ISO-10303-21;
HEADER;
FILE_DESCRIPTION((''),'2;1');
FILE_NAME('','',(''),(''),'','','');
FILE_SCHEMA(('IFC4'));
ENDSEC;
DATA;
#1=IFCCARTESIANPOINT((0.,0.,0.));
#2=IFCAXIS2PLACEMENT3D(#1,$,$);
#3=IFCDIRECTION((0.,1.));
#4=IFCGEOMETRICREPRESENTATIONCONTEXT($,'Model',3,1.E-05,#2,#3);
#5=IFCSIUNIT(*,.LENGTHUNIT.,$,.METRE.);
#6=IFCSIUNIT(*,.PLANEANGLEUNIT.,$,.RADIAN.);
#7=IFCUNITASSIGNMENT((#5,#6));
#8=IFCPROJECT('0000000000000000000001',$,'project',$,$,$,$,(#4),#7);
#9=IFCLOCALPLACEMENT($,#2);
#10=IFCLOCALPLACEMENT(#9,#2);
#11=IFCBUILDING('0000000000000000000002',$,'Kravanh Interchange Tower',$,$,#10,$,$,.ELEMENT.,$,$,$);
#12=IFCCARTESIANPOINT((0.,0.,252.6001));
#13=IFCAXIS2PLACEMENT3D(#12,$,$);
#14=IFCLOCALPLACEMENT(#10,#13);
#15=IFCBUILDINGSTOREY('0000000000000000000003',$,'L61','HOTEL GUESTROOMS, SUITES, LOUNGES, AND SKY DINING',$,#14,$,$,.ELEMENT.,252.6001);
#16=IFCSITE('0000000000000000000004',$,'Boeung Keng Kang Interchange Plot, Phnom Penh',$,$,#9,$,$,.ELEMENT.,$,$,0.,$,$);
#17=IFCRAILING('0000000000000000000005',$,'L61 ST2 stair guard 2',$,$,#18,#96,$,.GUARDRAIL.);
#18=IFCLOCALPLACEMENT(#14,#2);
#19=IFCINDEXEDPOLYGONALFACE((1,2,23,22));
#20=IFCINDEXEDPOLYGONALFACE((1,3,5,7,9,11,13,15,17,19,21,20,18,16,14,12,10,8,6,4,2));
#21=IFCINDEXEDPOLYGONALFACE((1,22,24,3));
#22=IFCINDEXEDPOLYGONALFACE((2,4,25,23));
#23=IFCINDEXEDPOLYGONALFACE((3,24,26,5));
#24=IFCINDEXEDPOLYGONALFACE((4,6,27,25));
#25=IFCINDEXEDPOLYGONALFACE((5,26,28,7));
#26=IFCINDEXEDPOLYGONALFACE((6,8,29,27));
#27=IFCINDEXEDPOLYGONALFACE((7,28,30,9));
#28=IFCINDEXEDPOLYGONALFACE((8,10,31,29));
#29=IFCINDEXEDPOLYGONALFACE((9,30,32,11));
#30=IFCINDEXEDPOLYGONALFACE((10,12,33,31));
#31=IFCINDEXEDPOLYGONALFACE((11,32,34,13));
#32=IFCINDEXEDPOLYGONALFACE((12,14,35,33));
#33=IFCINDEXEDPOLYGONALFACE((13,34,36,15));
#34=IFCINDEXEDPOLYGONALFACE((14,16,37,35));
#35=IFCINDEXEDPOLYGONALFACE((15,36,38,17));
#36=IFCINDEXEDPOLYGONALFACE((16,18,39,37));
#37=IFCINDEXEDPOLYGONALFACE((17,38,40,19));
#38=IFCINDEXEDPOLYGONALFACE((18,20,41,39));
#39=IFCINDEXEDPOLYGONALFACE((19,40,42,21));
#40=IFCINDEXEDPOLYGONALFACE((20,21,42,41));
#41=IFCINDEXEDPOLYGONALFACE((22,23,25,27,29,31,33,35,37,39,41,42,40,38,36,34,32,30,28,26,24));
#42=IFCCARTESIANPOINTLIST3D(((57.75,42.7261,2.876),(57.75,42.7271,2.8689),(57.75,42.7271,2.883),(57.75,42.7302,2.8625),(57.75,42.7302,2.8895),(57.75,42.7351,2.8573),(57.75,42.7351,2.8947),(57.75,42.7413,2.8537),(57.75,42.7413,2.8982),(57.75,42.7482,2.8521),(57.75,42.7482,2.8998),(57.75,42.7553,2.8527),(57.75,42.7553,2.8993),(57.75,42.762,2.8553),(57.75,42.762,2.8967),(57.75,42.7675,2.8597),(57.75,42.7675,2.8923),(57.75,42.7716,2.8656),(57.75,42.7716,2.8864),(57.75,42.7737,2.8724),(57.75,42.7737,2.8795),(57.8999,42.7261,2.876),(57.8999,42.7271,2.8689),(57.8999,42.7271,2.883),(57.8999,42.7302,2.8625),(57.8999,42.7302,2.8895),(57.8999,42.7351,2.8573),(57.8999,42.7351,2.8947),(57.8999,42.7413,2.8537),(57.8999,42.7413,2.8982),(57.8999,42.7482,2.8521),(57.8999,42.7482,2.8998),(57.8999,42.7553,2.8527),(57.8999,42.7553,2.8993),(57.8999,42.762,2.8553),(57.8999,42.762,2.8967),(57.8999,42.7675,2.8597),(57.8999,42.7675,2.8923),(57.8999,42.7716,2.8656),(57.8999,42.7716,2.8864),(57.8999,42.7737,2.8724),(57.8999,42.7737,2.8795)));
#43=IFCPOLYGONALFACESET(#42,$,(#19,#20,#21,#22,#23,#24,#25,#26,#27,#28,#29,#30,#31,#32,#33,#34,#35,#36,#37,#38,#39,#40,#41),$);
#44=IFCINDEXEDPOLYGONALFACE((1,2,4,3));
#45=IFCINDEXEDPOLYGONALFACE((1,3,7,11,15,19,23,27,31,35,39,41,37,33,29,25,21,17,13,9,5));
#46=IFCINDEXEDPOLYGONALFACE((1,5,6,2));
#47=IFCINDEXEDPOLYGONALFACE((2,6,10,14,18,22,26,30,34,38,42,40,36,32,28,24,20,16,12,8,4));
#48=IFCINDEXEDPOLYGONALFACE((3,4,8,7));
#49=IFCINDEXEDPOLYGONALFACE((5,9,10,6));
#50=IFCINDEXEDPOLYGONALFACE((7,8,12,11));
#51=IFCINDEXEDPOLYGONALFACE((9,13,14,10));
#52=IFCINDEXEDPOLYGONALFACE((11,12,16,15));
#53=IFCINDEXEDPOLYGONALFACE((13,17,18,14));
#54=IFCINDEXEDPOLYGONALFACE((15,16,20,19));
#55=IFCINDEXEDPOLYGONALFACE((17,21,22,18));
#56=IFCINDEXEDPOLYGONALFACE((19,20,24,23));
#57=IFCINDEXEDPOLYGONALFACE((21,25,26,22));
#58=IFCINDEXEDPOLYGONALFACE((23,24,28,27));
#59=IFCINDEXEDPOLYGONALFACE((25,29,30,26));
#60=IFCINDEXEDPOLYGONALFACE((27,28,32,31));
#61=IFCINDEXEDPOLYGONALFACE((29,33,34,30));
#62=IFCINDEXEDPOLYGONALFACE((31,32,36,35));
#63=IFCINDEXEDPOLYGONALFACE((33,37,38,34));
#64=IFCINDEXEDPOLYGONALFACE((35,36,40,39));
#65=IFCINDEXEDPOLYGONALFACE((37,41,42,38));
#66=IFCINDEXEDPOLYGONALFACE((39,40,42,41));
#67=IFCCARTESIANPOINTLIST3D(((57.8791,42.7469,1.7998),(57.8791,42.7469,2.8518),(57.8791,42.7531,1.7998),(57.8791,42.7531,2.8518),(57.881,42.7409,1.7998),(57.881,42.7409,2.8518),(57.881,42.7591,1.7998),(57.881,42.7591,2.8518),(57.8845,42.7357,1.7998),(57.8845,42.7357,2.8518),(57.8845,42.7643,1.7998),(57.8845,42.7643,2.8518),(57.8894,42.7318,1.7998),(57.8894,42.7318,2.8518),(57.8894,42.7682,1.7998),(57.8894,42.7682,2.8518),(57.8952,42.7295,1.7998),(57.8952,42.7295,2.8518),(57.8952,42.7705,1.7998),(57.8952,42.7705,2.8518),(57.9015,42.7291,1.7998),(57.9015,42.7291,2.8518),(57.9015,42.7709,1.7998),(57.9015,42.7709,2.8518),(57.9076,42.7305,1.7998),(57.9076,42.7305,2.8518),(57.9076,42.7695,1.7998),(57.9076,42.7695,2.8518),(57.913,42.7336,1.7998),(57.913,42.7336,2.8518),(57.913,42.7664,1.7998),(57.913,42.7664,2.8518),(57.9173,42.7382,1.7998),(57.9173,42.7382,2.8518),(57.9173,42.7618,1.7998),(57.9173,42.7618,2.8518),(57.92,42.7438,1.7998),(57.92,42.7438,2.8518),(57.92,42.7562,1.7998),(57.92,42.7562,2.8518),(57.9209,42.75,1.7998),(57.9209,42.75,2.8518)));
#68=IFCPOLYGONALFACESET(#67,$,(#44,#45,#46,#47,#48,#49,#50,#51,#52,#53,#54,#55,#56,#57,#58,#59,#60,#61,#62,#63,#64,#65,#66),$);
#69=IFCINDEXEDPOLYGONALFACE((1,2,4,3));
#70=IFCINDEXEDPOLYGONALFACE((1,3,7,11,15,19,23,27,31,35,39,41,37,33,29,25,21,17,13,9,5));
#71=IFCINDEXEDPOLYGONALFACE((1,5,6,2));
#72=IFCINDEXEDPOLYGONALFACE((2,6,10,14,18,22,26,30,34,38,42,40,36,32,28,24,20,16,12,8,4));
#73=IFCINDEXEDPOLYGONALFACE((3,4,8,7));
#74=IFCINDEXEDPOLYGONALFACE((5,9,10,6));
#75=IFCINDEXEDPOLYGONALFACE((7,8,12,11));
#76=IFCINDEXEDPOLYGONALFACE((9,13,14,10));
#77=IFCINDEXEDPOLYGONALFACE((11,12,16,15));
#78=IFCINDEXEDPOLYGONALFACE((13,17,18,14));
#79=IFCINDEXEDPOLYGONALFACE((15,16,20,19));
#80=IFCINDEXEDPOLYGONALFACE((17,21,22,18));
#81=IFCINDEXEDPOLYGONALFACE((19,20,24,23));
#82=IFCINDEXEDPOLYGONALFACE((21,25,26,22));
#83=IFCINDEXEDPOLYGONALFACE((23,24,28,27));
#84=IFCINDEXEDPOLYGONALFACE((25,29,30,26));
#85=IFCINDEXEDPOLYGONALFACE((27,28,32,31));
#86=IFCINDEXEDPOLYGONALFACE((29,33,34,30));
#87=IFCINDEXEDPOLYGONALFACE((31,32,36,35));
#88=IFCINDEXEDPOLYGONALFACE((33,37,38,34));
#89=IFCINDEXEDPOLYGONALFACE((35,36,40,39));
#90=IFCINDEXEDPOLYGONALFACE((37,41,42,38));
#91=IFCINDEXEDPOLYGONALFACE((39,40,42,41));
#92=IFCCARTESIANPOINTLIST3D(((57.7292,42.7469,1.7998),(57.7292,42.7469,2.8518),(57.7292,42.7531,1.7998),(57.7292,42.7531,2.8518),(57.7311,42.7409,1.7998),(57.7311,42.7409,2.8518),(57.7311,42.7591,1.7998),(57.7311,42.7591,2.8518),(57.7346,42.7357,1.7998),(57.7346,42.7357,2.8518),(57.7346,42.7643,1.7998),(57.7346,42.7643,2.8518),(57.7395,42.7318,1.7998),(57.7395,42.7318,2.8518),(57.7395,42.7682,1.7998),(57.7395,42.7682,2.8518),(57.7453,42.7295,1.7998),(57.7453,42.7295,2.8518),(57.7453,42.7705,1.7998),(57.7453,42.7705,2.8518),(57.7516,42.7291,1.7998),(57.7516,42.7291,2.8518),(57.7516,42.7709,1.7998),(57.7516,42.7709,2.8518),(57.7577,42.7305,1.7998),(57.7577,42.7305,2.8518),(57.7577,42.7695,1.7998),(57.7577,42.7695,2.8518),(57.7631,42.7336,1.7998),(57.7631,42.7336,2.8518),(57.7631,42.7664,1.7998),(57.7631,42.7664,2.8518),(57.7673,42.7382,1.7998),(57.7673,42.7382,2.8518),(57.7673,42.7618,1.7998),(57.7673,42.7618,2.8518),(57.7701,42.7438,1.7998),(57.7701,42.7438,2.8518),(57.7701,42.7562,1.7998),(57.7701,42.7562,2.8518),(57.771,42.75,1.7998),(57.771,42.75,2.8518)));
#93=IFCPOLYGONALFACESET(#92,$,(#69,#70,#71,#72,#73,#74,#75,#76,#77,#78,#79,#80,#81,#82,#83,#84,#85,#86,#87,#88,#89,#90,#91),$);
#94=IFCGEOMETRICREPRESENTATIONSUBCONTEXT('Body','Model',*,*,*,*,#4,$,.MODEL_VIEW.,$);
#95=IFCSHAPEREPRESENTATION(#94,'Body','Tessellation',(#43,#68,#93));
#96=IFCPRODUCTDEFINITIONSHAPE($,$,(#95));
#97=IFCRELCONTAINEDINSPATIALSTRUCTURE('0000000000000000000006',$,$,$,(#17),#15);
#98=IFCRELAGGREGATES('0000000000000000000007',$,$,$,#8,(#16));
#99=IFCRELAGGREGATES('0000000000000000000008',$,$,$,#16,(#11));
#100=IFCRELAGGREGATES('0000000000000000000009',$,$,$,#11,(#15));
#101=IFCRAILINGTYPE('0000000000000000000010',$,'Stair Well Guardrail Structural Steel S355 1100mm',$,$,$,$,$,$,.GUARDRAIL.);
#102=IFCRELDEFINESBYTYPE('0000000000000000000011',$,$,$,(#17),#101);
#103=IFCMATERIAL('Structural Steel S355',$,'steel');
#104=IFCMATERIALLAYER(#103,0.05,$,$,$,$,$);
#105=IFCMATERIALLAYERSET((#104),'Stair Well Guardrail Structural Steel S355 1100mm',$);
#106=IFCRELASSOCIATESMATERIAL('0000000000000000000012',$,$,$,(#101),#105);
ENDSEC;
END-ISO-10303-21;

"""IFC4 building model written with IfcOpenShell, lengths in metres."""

from ifc_helpers import new_model, si_unit, direction, frame, origin, origin_2d, place, context, subcontext, project, spatial, circle, extrude, material, layer, layer_set, type_object, element, save


model = new_model("IFC4")

# Units and contexts
model_context = context("Model", 3, precision=1e-05, world=origin(), true_north=direction((0.0, 1.0)))
body_context = subcontext(model_context, "Body", "Model", "MODEL_VIEW")
ifc_project = project(units=[si_unit("LENGTHUNIT", "METRE"), si_unit("PLANEANGLEUNIT", "RADIAN")], contexts=[model_context])

# Site, building, storey
site_placement = place(None, origin())
site = spatial("IfcSite", under=ifc_project, at=site_placement, Name="Boeung Keng Kang Interchange Plot, Phnom Penh", CompositionType="ELEMENT", RefElevation=0.0)
building_placement = place(site_placement, origin())
building = spatial("IfcBuilding", under=site, at=building_placement, Name="Kravanh Interchange Tower", CompositionType="ELEMENT")
storey_placement = place(building_placement, frame((0.0, 0.0, 252.6001)))
storey = spatial("IfcBuildingStorey", under=building, at=storey_placement, Name="L61", Description="HOTEL GUESTROOMS, SUITES, LOUNGES, AND SKY DINING", CompositionType="ELEMENT", Elevation=252.6001)

# Railing
ifc_material_1 = material(Name="Structural Steel S355", Category="steel")
ifc_layer_1 = layer(ifc_material_1, 0.05)
ifc_layer_set_1 = layer_set([ifc_layer_1], Name="Stair Well Guardrail Structural Steel S355 1100mm")
railing_type_1 = type_object("IfcRailingType", Name="Stair Well Guardrail Structural Steel S355 1100mm", PredefinedType="GUARDRAIL", material=ifc_layer_set_1)
railing_1_placement = place(storey_placement, frame((57.8999, 42.75, 1.7998)))
element("IfcRailing", 1, at=railing_1_placement, inside=storey, type_object=railing_type_1, Name="L61 ST2 stair guard 2", PredefinedType="GUARDRAIL", context=body_context, shape_type="SweptSolid", body=[
    extrude(circle(Radius=0.0239, at=origin_2d()), frame((0.0, 0.0, 1.0762), z_axis=(-1.0, 0.0, 0.0), x_axis=(0.0, -1.0, 0.0)), (0.0, 0.0, 1.0), 0.1499),
    extrude(circle(Radius=0.021, at=origin_2d()), origin(), (0.0, 0.0, 1.0), 1.052),
    extrude(circle(Radius=0.021, at=origin_2d()), frame((-0.1499, 0.0, 0.0)), (0.0, 0.0, 1.0), 1.052),
])

save(model, "model.ifc")
